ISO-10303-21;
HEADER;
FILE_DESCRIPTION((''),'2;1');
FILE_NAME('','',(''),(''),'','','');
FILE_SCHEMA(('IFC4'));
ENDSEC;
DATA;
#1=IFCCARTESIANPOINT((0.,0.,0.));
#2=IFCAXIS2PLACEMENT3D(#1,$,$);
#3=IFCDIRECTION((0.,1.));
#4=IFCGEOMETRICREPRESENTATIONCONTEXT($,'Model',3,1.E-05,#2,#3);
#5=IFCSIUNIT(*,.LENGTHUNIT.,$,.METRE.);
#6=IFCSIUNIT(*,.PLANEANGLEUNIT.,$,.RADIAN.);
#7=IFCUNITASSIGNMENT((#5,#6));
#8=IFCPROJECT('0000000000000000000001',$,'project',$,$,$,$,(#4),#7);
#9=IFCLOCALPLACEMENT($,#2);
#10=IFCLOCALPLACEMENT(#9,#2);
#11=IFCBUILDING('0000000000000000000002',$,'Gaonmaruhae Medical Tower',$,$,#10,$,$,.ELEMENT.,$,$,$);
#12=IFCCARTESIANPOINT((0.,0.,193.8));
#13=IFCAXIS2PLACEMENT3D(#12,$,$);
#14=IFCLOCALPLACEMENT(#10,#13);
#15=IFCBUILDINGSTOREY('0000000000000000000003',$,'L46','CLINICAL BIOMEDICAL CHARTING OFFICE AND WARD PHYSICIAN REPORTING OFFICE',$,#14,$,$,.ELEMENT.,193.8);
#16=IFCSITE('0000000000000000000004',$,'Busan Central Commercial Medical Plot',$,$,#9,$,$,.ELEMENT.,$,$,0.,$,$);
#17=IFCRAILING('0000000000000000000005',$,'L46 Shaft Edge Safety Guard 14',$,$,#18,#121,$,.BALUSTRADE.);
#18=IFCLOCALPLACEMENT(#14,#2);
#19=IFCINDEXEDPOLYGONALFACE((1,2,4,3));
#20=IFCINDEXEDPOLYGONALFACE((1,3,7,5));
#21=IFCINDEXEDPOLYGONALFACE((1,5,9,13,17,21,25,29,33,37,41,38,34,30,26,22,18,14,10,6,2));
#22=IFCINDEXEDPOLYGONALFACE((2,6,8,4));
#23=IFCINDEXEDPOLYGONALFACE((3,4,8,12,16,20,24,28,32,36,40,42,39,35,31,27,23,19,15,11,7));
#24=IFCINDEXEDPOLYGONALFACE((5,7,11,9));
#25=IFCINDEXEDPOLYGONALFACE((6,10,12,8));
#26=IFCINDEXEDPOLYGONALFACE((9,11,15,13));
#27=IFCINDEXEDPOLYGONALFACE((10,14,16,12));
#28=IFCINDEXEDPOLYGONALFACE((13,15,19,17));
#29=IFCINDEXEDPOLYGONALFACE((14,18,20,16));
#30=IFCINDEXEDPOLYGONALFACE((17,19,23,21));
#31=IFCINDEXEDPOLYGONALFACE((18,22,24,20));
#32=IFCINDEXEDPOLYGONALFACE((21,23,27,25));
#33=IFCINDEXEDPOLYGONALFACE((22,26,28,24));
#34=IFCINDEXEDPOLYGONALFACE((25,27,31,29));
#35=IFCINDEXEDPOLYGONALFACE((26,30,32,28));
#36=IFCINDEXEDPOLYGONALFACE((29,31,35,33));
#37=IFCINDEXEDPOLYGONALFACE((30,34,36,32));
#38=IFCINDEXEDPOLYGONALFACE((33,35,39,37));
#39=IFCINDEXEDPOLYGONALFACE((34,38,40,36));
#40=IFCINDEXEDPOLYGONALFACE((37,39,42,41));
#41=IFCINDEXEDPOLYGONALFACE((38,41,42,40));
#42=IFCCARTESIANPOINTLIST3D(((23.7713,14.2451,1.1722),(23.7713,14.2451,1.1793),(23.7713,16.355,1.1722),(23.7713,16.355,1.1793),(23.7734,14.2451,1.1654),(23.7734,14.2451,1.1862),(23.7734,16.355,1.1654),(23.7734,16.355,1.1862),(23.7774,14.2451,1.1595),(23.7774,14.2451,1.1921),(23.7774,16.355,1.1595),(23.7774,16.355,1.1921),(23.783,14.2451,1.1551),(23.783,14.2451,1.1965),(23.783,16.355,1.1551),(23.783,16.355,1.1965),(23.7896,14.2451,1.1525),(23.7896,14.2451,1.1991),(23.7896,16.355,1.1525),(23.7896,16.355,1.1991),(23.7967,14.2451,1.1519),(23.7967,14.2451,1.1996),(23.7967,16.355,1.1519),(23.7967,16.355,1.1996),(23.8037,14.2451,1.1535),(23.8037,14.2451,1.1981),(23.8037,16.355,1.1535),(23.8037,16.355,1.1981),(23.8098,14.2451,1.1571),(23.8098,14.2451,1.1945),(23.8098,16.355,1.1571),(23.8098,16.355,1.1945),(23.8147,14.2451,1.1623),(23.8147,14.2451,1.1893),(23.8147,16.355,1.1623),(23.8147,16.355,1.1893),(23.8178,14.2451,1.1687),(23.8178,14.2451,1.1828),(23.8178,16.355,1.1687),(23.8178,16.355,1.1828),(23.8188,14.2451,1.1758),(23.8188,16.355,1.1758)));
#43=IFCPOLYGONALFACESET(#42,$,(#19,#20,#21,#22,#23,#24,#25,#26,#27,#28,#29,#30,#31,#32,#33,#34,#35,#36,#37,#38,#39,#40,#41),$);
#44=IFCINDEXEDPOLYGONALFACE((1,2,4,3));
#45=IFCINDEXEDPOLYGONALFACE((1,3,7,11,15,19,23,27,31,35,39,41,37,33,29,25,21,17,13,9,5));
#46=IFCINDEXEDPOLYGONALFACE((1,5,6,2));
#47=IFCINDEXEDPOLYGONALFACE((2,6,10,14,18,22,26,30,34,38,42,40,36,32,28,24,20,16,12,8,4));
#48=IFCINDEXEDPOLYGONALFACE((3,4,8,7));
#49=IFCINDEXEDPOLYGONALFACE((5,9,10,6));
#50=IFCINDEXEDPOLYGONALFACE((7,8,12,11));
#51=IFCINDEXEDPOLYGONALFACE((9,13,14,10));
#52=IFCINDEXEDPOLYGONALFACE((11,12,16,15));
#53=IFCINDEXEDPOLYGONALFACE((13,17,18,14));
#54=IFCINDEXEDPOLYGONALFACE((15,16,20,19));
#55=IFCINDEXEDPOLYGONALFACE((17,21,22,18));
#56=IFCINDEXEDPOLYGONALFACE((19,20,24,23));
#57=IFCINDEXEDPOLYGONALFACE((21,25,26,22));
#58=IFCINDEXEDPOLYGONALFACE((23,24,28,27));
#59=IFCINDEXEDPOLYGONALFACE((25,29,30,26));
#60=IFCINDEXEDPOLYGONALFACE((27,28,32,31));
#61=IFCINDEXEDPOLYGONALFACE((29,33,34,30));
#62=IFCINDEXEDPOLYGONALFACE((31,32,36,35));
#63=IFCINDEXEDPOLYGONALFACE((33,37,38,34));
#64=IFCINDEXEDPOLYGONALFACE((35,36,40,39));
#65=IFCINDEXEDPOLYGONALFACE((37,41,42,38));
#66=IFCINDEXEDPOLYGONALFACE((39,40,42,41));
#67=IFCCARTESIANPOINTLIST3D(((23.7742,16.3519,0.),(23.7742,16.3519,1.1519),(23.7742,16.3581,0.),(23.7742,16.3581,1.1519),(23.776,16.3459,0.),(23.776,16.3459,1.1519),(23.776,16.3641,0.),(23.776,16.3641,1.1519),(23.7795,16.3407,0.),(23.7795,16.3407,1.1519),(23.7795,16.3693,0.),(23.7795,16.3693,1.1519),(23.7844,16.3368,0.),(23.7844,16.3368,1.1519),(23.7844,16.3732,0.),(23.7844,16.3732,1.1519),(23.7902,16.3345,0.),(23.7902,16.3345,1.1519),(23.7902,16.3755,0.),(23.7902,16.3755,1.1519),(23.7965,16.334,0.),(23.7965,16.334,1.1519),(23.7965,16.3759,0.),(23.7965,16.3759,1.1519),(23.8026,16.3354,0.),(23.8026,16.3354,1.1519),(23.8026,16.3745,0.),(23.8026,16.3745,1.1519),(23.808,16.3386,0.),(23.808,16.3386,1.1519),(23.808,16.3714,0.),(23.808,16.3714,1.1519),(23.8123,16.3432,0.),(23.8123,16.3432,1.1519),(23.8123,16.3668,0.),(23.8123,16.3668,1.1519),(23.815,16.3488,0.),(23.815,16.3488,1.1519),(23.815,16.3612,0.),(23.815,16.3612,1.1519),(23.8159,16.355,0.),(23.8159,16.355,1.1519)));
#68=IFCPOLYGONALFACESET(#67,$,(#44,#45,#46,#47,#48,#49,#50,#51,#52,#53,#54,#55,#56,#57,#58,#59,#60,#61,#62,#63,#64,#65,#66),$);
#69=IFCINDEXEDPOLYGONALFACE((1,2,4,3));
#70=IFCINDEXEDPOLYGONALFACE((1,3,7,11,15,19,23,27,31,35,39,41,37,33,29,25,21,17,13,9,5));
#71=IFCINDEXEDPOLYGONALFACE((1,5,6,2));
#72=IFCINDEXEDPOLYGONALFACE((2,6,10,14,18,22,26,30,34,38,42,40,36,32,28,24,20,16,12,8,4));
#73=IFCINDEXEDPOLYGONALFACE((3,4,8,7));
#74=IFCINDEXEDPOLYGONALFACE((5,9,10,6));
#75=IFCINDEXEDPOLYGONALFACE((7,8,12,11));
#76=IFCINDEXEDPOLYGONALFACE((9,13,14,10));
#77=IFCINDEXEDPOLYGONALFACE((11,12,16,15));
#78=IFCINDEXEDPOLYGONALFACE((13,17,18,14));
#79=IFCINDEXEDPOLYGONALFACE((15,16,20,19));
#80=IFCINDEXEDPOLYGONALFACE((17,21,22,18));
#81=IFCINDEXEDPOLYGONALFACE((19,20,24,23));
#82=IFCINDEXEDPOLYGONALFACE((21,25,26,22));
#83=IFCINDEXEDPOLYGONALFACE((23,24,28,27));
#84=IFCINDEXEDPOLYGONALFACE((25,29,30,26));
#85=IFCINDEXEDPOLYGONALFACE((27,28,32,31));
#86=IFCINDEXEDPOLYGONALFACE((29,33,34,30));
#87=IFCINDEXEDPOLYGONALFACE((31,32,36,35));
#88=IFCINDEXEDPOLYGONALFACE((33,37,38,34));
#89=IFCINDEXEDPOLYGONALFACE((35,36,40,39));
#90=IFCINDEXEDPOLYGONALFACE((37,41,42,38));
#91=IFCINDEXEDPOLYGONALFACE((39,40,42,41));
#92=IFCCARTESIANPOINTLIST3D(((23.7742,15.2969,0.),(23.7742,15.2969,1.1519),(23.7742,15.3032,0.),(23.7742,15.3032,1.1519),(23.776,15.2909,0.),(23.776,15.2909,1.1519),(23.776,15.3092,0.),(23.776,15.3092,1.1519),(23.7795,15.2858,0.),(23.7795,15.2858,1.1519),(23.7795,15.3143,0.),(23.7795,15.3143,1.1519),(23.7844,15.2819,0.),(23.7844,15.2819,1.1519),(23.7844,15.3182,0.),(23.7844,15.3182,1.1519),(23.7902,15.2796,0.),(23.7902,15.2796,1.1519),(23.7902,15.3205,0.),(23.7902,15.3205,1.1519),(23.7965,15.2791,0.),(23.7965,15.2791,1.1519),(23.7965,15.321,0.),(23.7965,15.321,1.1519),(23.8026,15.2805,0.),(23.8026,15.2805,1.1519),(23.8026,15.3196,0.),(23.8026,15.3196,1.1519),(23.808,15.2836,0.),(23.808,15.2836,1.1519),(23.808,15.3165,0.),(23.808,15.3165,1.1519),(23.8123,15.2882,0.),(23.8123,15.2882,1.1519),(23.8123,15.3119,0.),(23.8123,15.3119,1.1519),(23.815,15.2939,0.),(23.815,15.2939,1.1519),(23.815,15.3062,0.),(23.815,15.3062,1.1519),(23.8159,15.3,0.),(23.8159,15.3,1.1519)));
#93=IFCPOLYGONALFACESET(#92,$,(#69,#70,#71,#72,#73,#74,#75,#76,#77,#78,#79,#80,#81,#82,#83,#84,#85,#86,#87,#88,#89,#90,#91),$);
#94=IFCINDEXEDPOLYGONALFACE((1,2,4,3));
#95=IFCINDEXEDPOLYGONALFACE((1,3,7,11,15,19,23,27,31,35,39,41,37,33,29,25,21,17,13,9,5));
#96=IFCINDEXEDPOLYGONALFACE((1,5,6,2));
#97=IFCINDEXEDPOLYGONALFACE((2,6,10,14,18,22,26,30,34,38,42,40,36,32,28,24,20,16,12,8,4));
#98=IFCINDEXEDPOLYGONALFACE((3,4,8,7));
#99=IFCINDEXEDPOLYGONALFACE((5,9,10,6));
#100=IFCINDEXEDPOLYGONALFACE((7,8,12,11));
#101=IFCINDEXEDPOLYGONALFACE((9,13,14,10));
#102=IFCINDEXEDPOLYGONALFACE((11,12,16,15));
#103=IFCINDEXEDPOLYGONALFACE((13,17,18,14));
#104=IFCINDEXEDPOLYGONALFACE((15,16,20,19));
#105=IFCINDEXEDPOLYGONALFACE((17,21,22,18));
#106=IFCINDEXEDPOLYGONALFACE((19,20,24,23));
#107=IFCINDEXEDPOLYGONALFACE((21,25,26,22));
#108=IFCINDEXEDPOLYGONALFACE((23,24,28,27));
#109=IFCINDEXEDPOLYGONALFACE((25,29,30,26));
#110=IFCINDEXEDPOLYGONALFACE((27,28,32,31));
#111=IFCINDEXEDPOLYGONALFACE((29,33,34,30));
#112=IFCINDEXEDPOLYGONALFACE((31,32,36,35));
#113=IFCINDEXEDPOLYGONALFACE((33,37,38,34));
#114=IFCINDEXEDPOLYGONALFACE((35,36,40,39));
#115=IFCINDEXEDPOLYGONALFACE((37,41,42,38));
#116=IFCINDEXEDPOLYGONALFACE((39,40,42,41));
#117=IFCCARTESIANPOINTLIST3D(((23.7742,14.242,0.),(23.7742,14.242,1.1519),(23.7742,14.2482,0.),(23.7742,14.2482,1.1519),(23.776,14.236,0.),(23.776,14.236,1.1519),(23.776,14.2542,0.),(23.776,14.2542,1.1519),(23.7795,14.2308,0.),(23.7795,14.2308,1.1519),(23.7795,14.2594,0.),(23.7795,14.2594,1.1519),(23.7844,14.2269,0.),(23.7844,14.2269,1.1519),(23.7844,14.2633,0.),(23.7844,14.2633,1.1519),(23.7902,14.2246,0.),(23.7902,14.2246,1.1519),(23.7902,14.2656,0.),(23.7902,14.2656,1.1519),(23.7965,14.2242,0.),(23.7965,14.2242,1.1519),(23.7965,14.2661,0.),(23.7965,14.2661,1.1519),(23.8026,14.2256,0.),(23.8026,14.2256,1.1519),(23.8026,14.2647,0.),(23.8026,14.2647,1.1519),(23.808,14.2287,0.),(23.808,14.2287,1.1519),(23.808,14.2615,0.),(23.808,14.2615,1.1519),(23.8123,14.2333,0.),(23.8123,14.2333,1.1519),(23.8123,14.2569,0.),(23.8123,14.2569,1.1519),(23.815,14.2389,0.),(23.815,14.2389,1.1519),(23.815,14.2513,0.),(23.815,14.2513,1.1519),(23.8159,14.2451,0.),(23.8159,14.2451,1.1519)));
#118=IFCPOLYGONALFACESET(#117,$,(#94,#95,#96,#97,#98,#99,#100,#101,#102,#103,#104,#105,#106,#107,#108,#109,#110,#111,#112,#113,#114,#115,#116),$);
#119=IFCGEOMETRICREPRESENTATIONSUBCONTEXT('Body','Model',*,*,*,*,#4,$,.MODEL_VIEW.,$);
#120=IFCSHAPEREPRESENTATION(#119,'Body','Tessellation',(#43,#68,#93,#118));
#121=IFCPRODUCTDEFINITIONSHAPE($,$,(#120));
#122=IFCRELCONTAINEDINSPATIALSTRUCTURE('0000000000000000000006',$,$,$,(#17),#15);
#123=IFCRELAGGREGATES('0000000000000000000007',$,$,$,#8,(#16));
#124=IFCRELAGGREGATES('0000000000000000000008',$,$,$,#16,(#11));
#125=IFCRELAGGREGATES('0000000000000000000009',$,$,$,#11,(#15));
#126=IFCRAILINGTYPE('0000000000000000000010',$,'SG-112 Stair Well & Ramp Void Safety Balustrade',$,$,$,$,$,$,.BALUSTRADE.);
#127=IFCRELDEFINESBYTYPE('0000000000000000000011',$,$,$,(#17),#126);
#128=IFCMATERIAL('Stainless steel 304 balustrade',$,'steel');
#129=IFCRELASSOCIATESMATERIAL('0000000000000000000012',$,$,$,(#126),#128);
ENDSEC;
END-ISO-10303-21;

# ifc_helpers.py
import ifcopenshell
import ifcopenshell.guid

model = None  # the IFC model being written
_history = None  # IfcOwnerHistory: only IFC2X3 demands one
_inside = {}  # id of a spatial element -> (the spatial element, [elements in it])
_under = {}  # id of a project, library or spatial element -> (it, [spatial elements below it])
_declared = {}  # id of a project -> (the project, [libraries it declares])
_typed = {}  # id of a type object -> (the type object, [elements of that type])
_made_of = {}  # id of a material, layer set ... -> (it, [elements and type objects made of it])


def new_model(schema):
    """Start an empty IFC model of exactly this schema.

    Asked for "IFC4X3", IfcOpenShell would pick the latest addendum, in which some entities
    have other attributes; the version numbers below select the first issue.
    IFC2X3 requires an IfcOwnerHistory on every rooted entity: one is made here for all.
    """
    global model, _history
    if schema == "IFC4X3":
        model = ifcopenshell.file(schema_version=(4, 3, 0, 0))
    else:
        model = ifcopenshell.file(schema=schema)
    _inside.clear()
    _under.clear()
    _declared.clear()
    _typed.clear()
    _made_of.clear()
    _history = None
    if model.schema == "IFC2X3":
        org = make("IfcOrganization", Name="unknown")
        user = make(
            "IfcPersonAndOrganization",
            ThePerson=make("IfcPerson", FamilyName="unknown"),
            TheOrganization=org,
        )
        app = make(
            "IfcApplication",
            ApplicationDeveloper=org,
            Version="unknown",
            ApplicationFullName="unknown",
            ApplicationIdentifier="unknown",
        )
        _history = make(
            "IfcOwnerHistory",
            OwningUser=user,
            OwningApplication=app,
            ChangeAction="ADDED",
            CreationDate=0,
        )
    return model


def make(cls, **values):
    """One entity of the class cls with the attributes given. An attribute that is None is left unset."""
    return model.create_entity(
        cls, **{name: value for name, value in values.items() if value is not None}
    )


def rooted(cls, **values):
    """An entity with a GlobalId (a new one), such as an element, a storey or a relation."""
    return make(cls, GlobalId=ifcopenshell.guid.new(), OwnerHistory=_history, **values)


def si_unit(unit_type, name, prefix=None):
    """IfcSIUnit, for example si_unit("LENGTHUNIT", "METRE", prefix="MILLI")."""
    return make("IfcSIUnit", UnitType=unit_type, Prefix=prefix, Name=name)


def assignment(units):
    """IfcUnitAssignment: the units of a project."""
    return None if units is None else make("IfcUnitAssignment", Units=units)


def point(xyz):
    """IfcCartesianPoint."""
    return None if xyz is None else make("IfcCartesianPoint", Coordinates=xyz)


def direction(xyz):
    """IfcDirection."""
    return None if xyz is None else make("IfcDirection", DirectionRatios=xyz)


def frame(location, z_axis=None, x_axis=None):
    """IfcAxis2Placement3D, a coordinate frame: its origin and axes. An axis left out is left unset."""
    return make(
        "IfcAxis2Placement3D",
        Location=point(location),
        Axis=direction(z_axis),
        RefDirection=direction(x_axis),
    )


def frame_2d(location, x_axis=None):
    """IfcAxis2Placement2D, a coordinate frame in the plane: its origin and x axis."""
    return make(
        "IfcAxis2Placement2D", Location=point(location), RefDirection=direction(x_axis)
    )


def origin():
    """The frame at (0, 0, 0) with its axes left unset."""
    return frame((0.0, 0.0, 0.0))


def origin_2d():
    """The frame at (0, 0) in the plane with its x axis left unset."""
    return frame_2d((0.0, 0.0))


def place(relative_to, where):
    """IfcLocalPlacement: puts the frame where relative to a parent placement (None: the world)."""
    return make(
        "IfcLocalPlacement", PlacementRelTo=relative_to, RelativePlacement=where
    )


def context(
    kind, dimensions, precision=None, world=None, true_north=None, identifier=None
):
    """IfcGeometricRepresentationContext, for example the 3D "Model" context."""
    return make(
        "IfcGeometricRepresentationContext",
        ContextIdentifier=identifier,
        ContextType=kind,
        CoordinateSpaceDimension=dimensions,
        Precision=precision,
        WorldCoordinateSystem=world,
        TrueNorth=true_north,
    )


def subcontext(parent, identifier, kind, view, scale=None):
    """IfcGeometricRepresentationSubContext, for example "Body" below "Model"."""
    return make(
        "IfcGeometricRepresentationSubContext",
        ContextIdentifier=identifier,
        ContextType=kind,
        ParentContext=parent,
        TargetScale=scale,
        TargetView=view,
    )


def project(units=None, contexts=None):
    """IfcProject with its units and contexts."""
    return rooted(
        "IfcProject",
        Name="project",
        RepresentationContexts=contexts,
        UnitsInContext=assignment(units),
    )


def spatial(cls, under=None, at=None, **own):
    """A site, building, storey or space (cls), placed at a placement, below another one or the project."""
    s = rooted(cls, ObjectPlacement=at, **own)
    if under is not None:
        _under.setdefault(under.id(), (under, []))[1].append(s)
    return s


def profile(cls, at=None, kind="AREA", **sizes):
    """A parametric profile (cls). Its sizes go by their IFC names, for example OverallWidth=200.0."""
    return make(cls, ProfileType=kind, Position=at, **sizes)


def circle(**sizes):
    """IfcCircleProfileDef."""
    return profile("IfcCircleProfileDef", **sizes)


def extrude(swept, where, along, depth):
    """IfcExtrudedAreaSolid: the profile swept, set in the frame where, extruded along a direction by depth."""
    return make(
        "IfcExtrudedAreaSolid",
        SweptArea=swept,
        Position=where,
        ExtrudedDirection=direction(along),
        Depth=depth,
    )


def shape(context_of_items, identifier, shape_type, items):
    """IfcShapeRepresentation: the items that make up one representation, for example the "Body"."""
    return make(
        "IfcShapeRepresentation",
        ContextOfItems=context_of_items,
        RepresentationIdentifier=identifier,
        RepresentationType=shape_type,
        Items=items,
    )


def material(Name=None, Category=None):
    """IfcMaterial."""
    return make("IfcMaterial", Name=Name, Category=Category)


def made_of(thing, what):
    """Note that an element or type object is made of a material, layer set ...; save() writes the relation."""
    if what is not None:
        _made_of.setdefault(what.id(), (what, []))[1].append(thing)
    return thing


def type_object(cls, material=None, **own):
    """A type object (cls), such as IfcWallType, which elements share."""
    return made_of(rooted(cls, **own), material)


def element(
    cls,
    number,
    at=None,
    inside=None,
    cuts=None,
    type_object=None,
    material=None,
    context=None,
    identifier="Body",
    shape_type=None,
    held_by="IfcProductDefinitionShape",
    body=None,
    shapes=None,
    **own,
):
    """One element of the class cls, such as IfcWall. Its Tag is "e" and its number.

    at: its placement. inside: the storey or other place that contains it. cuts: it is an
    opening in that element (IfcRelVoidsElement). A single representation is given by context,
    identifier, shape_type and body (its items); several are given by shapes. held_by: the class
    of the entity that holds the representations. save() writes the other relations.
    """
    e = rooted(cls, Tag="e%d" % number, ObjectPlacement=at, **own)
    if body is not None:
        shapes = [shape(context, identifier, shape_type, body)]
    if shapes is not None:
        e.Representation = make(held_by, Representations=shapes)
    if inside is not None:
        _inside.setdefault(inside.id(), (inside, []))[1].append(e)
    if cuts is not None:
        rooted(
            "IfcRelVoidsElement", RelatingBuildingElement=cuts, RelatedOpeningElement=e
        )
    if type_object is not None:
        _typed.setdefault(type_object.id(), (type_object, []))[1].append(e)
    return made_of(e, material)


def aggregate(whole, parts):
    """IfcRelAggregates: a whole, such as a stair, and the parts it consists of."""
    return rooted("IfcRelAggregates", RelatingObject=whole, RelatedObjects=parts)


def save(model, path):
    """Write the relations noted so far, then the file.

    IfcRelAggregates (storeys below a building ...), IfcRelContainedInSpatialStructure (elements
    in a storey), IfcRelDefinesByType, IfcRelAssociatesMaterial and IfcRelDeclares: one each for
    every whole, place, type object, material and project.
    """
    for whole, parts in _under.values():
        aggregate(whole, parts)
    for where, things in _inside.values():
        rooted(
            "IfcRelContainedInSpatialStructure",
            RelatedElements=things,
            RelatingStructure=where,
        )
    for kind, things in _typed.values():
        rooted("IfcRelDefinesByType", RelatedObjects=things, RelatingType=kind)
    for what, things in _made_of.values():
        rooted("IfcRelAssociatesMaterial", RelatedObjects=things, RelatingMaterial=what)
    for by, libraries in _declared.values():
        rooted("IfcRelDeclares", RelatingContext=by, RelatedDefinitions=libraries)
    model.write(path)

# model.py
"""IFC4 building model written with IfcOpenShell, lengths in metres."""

from ifc_helpers import new_model, si_unit, direction, frame, origin, origin_2d, place, context, subcontext, project, spatial, circle, extrude, material, type_object, element, save


model = new_model("IFC4")

# Units and contexts
model_context = context("Model", 3, precision=1e-05, world=origin(), true_north=direction((0.0, 1.0)))
body_context = subcontext(model_context, "Body", "Model", "MODEL_VIEW")
ifc_project = project(units=[si_unit("LENGTHUNIT", "METRE"), si_unit("PLANEANGLEUNIT", "RADIAN")], contexts=[model_context])

# Site, building, storey
site_placement = place(None, origin())
site = spatial("IfcSite", under=ifc_project, at=site_placement, Name="Busan Central Commercial Medical Plot", CompositionType="ELEMENT", RefElevation=0.0)
building_placement = place(site_placement, origin())
building = spatial("IfcBuilding", under=site, at=building_placement, Name="Gaonmaruhae Medical Tower", CompositionType="ELEMENT")
storey_placement = place(building_placement, frame((0.0, 0.0, 193.8)))
storey = spatial("IfcBuildingStorey", under=building, at=storey_placement, Name="L46", Description="CLINICAL BIOMEDICAL CHARTING OFFICE AND WARD PHYSICIAN REPORTING OFFICE", CompositionType="ELEMENT", Elevation=193.8)

# Railing
ifc_material_1 = material(Name="Stainless steel 304 balustrade", Category="steel")
railing_type = type_object("IfcRailingType", Name="SG-112 Stair Well & Ramp Void Safety Balustrade", PredefinedType="BALUSTRADE", material=ifc_material_1)
railing_1_placement = place(storey_placement, frame((23.7949, 16.355, 0.0)))
element("IfcRailing", 1, at=railing_1_placement, inside=storey, type_object=railing_type, Name="L46 Shaft Edge Safety Guard 14", PredefinedType="BALUSTRADE", context=body_context, shape_type="SweptSolid", body=[
    extrude(circle(Radius=0.0239, at=origin_2d()), frame((0.0, 0.0, 1.1758), z_axis=(0.0, -1.0, 0.0), x_axis=(1.0, 0.0, 0.0)), (0.0, 0.0, 1.0), 2.1099),
    extrude(circle(Radius=0.021, at=origin_2d()), origin(), (0.0, 0.0, 1.0), 1.1519),
    extrude(circle(Radius=0.021, at=origin_2d()), frame((0.0, -1.0549, 0.0)), (0.0, 0.0, 1.0), 1.1519),
    extrude(circle(Radius=0.021, at=origin_2d()), frame((0.0, -2.1099, 0.0)), (0.0, 0.0, 1.0), 1.1519),
])

save(model, "model.ifc")
